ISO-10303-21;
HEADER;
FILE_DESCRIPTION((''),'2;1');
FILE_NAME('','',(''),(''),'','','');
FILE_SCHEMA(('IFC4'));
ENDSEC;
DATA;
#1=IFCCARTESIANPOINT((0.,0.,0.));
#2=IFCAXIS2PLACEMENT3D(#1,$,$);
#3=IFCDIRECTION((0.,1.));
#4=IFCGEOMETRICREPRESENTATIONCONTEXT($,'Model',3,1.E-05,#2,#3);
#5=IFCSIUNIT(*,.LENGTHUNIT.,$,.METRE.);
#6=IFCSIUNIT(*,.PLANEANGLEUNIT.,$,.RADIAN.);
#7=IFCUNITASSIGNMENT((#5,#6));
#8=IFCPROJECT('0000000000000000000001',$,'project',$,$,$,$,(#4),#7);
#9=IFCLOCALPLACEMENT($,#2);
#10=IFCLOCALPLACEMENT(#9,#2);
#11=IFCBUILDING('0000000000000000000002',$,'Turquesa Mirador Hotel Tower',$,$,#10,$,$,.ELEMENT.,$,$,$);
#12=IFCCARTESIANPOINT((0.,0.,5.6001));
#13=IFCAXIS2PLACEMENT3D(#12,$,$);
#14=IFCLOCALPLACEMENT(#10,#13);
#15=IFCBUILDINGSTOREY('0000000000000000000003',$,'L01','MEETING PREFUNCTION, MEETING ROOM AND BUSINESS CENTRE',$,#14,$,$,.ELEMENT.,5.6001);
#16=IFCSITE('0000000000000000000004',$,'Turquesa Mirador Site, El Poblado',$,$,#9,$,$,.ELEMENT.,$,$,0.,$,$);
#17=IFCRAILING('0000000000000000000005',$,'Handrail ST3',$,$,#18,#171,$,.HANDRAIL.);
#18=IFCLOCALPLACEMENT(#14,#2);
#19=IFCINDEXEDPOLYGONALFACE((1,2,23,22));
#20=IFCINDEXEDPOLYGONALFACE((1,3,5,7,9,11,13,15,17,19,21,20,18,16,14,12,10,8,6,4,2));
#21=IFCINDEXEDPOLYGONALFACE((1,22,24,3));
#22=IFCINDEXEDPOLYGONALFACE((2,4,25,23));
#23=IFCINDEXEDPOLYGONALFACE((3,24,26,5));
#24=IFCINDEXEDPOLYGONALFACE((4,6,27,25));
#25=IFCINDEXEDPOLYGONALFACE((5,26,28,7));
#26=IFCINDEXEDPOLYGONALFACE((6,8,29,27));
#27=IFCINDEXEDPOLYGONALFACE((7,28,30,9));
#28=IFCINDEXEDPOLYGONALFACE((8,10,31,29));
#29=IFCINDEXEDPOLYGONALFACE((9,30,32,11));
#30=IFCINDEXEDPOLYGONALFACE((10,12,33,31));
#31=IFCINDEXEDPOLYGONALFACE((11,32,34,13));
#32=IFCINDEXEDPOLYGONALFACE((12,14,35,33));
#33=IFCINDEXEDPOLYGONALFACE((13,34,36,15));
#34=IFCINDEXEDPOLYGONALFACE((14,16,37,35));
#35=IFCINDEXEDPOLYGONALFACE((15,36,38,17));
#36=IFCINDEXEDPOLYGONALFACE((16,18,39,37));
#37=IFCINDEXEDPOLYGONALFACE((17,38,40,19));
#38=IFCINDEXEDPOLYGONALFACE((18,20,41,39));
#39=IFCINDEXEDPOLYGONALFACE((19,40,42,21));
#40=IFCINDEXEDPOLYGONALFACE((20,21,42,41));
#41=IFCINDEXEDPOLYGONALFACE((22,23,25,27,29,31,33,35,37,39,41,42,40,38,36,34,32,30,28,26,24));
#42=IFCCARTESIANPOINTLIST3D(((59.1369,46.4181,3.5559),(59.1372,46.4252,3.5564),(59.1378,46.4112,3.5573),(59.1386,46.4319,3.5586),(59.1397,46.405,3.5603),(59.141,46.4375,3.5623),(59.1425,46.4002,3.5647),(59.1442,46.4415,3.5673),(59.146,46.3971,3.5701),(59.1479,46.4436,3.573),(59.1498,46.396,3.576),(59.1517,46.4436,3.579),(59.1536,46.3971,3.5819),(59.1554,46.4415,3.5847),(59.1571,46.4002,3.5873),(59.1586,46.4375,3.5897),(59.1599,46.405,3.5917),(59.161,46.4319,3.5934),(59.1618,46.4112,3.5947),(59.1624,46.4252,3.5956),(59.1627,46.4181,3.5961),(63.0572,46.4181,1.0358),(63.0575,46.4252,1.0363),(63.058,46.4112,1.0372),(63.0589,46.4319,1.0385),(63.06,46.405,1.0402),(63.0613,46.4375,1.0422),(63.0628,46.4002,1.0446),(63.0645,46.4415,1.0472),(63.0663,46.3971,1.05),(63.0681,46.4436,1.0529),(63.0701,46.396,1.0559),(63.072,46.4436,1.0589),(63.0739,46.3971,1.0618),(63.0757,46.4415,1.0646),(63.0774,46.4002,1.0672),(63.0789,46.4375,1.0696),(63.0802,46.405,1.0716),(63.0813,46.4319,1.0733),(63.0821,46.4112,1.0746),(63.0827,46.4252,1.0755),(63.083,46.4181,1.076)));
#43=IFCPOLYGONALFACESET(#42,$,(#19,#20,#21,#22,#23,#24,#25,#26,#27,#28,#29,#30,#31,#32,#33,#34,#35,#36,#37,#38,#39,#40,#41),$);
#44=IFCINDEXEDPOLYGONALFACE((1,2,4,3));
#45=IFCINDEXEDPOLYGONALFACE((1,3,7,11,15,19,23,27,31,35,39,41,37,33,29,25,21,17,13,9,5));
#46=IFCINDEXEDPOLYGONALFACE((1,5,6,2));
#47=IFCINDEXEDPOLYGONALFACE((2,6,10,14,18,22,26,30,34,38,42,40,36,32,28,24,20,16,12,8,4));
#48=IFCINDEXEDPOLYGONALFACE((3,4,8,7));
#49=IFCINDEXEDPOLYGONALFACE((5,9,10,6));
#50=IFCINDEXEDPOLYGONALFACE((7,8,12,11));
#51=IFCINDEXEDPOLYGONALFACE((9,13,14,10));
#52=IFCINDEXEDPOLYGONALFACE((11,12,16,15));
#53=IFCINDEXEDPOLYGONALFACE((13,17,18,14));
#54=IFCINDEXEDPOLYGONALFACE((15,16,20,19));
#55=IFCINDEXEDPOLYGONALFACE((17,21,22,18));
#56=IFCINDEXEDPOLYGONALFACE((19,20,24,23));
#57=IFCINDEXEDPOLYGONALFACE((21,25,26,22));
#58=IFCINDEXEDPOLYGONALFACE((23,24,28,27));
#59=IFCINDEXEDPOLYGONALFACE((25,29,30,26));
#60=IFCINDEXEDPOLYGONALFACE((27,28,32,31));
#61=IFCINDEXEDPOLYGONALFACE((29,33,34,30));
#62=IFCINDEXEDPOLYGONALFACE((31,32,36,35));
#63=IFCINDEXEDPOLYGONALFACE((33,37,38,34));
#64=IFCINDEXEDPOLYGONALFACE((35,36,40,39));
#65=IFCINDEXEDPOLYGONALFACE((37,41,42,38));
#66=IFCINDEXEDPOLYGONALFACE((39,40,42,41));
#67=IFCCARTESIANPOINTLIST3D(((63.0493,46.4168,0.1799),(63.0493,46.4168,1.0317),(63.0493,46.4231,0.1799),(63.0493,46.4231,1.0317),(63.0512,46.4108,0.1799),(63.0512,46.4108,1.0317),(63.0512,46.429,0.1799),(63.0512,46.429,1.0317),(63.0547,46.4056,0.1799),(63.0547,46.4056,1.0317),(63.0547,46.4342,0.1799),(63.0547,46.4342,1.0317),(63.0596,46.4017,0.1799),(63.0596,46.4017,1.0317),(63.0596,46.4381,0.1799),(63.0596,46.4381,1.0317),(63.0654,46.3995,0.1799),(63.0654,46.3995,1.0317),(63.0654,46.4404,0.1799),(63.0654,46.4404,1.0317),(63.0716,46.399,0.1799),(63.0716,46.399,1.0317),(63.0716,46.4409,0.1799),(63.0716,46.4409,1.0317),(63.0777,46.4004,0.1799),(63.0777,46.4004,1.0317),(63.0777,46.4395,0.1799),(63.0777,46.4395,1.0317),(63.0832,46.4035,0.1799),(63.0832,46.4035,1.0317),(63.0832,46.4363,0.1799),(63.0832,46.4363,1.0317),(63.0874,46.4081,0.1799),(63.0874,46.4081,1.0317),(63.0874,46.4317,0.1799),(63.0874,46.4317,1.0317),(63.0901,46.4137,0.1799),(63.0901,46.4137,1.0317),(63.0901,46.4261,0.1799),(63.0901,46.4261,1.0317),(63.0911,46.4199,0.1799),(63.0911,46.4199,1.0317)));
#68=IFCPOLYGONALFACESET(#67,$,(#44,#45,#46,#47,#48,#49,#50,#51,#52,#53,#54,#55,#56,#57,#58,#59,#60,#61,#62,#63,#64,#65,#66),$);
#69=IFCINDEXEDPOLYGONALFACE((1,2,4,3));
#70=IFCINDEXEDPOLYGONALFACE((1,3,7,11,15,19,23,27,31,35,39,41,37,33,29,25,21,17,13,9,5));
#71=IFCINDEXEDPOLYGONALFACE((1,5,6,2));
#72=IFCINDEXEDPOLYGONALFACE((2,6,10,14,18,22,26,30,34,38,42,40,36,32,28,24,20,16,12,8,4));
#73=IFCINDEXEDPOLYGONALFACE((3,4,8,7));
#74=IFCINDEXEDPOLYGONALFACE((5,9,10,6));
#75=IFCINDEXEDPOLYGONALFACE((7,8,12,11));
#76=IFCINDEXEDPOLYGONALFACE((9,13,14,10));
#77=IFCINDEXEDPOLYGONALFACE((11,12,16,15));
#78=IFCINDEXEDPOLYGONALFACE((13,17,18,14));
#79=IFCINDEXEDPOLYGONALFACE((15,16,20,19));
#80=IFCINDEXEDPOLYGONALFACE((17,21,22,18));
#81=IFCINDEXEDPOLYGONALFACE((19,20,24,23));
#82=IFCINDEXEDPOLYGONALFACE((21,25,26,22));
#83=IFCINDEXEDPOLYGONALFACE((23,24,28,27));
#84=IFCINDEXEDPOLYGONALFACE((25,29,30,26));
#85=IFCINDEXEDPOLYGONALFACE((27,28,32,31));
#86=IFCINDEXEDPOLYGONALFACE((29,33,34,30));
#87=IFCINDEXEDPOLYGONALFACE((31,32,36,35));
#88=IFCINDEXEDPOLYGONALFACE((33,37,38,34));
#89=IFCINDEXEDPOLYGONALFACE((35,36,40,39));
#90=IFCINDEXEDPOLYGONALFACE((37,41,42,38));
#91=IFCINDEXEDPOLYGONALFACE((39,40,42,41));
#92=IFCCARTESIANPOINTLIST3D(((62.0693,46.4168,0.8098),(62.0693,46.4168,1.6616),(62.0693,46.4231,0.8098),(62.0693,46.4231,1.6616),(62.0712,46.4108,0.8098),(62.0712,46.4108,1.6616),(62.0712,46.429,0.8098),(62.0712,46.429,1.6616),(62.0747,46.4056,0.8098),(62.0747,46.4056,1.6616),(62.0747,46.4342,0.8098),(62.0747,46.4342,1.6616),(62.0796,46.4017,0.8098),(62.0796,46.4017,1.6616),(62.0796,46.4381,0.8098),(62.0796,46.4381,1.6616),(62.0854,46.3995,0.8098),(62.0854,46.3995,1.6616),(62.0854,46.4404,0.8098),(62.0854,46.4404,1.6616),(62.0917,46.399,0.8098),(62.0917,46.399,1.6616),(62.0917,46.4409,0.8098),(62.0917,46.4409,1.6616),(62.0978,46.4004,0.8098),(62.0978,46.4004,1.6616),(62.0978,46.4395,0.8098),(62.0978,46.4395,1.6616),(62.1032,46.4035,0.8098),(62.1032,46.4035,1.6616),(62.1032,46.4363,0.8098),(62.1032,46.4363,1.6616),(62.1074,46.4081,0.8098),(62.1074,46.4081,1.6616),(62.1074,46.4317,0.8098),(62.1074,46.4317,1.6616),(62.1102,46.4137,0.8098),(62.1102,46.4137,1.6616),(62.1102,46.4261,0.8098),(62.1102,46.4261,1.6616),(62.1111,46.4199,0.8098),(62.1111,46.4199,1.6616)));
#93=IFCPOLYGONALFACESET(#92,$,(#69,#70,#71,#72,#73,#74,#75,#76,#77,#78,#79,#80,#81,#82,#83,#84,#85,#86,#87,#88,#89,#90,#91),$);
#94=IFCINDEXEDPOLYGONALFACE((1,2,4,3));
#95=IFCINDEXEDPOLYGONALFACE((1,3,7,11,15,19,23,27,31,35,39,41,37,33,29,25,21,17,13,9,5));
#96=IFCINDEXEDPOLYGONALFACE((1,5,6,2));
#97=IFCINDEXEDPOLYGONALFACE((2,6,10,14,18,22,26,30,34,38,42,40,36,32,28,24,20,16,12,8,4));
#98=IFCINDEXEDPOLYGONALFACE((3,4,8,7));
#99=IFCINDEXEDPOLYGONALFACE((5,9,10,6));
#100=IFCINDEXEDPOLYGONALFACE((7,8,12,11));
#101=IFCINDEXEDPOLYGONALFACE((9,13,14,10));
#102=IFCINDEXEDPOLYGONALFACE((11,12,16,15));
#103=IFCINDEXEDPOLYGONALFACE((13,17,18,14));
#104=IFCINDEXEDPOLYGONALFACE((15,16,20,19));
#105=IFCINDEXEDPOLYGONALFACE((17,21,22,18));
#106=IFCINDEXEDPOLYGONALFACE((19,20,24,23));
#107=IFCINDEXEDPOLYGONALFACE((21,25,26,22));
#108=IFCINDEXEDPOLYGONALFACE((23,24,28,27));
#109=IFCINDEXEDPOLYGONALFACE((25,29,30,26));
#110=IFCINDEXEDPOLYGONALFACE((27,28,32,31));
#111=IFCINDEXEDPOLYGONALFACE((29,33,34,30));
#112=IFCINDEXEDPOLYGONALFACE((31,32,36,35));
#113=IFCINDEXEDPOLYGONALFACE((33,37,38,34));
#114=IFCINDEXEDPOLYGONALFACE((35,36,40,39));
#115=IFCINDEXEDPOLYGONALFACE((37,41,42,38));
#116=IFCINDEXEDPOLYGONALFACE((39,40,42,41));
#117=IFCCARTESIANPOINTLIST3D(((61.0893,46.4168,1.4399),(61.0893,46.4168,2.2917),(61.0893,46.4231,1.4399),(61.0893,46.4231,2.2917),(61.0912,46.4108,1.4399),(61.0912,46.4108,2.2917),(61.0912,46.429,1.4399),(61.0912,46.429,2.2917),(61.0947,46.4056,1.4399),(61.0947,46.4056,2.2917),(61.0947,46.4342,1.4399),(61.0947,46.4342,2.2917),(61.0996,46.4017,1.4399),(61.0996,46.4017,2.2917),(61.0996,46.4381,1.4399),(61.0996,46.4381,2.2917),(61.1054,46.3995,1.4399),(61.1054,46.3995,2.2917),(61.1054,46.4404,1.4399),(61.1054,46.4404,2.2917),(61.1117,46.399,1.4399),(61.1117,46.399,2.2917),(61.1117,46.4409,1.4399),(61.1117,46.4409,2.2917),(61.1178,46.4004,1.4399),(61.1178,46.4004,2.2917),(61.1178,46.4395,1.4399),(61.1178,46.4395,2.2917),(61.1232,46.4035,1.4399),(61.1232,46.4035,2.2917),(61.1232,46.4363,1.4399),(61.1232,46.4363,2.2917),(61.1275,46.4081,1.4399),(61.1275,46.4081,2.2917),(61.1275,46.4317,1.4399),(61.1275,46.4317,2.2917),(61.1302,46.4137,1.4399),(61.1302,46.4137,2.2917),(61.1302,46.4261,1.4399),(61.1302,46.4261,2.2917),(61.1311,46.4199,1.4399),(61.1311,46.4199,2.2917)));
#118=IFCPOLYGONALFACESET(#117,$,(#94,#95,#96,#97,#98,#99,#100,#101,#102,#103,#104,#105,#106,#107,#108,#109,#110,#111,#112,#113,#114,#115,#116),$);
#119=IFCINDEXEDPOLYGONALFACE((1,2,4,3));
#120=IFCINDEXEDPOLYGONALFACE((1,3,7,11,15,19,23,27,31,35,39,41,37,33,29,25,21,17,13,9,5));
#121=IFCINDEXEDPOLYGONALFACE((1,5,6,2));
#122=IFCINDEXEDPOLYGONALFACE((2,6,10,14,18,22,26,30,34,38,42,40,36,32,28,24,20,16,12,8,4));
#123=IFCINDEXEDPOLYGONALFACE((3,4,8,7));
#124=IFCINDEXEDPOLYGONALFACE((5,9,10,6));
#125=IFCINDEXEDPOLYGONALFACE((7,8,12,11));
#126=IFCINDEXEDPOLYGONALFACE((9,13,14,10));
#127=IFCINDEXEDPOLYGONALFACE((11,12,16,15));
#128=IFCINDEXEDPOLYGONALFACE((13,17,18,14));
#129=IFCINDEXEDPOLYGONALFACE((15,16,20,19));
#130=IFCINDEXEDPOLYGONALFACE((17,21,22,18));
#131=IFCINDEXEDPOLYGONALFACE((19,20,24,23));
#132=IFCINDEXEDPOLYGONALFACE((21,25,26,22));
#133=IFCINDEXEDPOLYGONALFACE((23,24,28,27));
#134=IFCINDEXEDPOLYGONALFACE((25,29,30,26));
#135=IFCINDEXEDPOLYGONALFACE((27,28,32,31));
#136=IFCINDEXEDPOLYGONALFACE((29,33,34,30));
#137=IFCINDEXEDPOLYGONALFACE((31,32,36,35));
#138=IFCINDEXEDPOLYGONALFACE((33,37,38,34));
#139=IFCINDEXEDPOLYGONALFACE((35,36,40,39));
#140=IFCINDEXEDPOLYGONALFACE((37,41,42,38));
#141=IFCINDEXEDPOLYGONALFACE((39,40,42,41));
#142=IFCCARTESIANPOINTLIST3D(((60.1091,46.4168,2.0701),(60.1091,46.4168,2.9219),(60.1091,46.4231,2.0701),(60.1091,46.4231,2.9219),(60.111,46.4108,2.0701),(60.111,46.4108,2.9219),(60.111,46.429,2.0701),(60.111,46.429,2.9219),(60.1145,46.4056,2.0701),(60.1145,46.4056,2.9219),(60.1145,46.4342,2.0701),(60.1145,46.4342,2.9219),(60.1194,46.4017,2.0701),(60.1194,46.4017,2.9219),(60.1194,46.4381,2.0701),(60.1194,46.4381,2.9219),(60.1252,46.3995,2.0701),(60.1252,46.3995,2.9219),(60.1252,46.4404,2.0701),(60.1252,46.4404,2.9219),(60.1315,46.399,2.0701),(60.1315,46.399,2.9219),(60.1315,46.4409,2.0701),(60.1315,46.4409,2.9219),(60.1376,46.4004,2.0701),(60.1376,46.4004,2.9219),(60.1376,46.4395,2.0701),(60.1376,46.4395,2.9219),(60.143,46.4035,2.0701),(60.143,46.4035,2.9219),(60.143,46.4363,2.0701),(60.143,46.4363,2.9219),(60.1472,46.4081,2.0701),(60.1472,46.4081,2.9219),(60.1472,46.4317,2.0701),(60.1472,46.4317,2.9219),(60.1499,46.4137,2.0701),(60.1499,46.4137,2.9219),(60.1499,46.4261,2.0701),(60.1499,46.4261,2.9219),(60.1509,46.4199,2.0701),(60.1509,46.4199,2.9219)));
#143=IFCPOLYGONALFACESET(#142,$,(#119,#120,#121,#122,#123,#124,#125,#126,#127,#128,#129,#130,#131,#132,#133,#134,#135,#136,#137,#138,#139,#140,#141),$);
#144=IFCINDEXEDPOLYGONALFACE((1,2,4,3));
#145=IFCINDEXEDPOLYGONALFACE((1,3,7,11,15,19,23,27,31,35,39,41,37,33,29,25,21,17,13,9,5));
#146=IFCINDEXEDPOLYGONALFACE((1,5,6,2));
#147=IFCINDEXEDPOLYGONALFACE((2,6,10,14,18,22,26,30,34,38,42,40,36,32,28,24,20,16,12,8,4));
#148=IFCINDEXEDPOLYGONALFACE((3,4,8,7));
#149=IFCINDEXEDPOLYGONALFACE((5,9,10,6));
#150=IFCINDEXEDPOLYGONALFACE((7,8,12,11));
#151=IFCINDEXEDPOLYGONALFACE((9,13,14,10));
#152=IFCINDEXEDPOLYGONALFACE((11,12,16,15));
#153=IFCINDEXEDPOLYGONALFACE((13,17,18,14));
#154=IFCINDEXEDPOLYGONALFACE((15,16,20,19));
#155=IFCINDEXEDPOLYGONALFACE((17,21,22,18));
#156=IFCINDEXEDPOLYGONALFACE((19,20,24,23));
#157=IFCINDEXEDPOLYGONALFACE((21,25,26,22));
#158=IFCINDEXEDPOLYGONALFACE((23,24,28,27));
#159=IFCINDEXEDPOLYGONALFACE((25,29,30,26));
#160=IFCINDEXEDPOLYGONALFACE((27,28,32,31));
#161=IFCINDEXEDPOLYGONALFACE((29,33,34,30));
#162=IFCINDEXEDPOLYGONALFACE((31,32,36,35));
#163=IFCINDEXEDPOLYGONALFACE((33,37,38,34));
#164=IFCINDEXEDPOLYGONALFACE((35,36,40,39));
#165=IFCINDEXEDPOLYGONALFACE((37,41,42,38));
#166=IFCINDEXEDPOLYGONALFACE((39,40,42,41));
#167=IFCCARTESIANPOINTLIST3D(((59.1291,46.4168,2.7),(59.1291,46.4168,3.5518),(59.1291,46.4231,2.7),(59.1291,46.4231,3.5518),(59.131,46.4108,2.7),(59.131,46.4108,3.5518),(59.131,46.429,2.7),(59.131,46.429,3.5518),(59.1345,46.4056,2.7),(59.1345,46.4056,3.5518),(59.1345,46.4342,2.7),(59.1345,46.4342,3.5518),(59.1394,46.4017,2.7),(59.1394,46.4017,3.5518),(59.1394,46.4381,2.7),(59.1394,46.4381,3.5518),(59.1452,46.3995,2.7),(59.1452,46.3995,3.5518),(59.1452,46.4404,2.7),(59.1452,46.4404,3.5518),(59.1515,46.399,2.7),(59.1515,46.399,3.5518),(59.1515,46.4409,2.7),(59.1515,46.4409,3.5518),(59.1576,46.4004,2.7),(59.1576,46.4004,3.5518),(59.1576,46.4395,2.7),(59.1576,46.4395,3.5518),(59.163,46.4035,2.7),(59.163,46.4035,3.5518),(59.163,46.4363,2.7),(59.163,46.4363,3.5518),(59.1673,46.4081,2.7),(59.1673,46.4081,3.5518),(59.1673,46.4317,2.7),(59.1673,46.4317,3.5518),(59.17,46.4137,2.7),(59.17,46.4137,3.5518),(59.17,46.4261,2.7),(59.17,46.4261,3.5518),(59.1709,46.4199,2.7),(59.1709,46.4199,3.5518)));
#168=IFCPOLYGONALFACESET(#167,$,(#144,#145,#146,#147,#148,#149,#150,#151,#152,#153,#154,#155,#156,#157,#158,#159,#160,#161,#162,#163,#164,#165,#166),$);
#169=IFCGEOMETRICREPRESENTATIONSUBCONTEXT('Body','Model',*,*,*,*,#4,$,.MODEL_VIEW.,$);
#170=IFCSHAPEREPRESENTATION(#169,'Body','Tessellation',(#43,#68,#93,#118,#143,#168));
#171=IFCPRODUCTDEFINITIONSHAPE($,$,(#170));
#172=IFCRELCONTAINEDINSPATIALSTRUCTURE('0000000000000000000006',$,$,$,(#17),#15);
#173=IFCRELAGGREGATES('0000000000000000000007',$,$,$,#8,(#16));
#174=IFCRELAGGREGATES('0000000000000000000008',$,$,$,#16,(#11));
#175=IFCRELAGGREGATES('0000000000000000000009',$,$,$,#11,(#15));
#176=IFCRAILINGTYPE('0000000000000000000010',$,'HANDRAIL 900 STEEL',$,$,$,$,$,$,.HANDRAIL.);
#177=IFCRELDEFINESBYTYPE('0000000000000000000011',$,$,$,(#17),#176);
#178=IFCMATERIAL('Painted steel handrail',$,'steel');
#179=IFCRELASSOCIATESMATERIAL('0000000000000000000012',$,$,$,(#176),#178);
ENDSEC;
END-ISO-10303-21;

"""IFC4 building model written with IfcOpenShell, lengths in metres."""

from ifc_helpers import new_model, si_unit, direction, frame, origin, origin_2d, place, context, subcontext, project, spatial, circle, extrude, material, type_object, element, save


model = new_model("IFC4")

# Units and contexts
model_context = context("Model", 3, precision=1e-05, world=origin(), true_north=direction((0.0, 1.0)))
body_context = subcontext(model_context, "Body", "Model", "MODEL_VIEW")
ifc_project = project(units=[si_unit("LENGTHUNIT", "METRE"), si_unit("PLANEANGLEUNIT", "RADIAN")], contexts=[model_context])

# Site, building, storey
site_placement = place(None, origin())
site = spatial("IfcSite", under=ifc_project, at=site_placement, Name="Turquesa Mirador Site, El Poblado", CompositionType="ELEMENT", RefElevation=0.0)
building_placement = place(site_placement, origin())
building = spatial("IfcBuilding", under=site, at=building_placement, Name="Turquesa Mirador Hotel Tower", CompositionType="ELEMENT")
storey_placement = place(building_placement, frame((0.0, 0.0, 5.6001)))
storey = spatial("IfcBuildingStorey", under=building, at=storey_placement, Name="L01", Description="MEETING PREFUNCTION, MEETING ROOM AND BUSINESS CENTRE", CompositionType="ELEMENT", Elevation=5.6001)

# Railing
ifc_material_1 = material(Name="Painted steel handrail", Category="steel")
railing_type = type_object("IfcRailingType", Name="HANDRAIL 900 STEEL", PredefinedType="HANDRAIL", material=ifc_material_1)
railing_1_placement = place(storey_placement, frame((63.0701, 46.4199, 0.1799)))
element("IfcRailing", 1, at=railing_1_placement, inside=storey, type_object=railing_type, Name="Handrail ST3", PredefinedType="HANDRAIL", context=body_context, shape_type="SweptSolid", body=[
    extrude(circle(Radius=0.0239, at=origin_2d()), frame((0.0, 0.0, 0.876), z_axis=(-0.841187, 0.0, 0.540744), x_axis=(0.0, -1.0, 0.0)), (0.0, 0.0, 1.0), 4.6604),
    extrude(circle(Radius=0.021, at=origin_2d()), origin(), (0.0, 0.0, 1.0), 0.8518),
    extrude(circle(Radius=0.021, at=origin_2d()), frame((-0.98, 0.0, 0.6299)), (0.0, 0.0, 1.0), 0.8518),
    extrude(circle(Radius=0.021, at=origin_2d()), frame((-1.96, 0.0, 1.26)), (0.0, 0.0, 1.0), 0.8518),
    extrude(circle(Radius=0.021, at=origin_2d()), frame((-2.9402, 0.0, 1.8901)), (0.0, 0.0, 1.0), 0.8518),
    extrude(circle(Radius=0.021, at=origin_2d()), frame((-3.9202, 0.0, 2.52)), (0.0, 0.0, 1.0), 0.8518),
])

save(model, "model.ifc")
